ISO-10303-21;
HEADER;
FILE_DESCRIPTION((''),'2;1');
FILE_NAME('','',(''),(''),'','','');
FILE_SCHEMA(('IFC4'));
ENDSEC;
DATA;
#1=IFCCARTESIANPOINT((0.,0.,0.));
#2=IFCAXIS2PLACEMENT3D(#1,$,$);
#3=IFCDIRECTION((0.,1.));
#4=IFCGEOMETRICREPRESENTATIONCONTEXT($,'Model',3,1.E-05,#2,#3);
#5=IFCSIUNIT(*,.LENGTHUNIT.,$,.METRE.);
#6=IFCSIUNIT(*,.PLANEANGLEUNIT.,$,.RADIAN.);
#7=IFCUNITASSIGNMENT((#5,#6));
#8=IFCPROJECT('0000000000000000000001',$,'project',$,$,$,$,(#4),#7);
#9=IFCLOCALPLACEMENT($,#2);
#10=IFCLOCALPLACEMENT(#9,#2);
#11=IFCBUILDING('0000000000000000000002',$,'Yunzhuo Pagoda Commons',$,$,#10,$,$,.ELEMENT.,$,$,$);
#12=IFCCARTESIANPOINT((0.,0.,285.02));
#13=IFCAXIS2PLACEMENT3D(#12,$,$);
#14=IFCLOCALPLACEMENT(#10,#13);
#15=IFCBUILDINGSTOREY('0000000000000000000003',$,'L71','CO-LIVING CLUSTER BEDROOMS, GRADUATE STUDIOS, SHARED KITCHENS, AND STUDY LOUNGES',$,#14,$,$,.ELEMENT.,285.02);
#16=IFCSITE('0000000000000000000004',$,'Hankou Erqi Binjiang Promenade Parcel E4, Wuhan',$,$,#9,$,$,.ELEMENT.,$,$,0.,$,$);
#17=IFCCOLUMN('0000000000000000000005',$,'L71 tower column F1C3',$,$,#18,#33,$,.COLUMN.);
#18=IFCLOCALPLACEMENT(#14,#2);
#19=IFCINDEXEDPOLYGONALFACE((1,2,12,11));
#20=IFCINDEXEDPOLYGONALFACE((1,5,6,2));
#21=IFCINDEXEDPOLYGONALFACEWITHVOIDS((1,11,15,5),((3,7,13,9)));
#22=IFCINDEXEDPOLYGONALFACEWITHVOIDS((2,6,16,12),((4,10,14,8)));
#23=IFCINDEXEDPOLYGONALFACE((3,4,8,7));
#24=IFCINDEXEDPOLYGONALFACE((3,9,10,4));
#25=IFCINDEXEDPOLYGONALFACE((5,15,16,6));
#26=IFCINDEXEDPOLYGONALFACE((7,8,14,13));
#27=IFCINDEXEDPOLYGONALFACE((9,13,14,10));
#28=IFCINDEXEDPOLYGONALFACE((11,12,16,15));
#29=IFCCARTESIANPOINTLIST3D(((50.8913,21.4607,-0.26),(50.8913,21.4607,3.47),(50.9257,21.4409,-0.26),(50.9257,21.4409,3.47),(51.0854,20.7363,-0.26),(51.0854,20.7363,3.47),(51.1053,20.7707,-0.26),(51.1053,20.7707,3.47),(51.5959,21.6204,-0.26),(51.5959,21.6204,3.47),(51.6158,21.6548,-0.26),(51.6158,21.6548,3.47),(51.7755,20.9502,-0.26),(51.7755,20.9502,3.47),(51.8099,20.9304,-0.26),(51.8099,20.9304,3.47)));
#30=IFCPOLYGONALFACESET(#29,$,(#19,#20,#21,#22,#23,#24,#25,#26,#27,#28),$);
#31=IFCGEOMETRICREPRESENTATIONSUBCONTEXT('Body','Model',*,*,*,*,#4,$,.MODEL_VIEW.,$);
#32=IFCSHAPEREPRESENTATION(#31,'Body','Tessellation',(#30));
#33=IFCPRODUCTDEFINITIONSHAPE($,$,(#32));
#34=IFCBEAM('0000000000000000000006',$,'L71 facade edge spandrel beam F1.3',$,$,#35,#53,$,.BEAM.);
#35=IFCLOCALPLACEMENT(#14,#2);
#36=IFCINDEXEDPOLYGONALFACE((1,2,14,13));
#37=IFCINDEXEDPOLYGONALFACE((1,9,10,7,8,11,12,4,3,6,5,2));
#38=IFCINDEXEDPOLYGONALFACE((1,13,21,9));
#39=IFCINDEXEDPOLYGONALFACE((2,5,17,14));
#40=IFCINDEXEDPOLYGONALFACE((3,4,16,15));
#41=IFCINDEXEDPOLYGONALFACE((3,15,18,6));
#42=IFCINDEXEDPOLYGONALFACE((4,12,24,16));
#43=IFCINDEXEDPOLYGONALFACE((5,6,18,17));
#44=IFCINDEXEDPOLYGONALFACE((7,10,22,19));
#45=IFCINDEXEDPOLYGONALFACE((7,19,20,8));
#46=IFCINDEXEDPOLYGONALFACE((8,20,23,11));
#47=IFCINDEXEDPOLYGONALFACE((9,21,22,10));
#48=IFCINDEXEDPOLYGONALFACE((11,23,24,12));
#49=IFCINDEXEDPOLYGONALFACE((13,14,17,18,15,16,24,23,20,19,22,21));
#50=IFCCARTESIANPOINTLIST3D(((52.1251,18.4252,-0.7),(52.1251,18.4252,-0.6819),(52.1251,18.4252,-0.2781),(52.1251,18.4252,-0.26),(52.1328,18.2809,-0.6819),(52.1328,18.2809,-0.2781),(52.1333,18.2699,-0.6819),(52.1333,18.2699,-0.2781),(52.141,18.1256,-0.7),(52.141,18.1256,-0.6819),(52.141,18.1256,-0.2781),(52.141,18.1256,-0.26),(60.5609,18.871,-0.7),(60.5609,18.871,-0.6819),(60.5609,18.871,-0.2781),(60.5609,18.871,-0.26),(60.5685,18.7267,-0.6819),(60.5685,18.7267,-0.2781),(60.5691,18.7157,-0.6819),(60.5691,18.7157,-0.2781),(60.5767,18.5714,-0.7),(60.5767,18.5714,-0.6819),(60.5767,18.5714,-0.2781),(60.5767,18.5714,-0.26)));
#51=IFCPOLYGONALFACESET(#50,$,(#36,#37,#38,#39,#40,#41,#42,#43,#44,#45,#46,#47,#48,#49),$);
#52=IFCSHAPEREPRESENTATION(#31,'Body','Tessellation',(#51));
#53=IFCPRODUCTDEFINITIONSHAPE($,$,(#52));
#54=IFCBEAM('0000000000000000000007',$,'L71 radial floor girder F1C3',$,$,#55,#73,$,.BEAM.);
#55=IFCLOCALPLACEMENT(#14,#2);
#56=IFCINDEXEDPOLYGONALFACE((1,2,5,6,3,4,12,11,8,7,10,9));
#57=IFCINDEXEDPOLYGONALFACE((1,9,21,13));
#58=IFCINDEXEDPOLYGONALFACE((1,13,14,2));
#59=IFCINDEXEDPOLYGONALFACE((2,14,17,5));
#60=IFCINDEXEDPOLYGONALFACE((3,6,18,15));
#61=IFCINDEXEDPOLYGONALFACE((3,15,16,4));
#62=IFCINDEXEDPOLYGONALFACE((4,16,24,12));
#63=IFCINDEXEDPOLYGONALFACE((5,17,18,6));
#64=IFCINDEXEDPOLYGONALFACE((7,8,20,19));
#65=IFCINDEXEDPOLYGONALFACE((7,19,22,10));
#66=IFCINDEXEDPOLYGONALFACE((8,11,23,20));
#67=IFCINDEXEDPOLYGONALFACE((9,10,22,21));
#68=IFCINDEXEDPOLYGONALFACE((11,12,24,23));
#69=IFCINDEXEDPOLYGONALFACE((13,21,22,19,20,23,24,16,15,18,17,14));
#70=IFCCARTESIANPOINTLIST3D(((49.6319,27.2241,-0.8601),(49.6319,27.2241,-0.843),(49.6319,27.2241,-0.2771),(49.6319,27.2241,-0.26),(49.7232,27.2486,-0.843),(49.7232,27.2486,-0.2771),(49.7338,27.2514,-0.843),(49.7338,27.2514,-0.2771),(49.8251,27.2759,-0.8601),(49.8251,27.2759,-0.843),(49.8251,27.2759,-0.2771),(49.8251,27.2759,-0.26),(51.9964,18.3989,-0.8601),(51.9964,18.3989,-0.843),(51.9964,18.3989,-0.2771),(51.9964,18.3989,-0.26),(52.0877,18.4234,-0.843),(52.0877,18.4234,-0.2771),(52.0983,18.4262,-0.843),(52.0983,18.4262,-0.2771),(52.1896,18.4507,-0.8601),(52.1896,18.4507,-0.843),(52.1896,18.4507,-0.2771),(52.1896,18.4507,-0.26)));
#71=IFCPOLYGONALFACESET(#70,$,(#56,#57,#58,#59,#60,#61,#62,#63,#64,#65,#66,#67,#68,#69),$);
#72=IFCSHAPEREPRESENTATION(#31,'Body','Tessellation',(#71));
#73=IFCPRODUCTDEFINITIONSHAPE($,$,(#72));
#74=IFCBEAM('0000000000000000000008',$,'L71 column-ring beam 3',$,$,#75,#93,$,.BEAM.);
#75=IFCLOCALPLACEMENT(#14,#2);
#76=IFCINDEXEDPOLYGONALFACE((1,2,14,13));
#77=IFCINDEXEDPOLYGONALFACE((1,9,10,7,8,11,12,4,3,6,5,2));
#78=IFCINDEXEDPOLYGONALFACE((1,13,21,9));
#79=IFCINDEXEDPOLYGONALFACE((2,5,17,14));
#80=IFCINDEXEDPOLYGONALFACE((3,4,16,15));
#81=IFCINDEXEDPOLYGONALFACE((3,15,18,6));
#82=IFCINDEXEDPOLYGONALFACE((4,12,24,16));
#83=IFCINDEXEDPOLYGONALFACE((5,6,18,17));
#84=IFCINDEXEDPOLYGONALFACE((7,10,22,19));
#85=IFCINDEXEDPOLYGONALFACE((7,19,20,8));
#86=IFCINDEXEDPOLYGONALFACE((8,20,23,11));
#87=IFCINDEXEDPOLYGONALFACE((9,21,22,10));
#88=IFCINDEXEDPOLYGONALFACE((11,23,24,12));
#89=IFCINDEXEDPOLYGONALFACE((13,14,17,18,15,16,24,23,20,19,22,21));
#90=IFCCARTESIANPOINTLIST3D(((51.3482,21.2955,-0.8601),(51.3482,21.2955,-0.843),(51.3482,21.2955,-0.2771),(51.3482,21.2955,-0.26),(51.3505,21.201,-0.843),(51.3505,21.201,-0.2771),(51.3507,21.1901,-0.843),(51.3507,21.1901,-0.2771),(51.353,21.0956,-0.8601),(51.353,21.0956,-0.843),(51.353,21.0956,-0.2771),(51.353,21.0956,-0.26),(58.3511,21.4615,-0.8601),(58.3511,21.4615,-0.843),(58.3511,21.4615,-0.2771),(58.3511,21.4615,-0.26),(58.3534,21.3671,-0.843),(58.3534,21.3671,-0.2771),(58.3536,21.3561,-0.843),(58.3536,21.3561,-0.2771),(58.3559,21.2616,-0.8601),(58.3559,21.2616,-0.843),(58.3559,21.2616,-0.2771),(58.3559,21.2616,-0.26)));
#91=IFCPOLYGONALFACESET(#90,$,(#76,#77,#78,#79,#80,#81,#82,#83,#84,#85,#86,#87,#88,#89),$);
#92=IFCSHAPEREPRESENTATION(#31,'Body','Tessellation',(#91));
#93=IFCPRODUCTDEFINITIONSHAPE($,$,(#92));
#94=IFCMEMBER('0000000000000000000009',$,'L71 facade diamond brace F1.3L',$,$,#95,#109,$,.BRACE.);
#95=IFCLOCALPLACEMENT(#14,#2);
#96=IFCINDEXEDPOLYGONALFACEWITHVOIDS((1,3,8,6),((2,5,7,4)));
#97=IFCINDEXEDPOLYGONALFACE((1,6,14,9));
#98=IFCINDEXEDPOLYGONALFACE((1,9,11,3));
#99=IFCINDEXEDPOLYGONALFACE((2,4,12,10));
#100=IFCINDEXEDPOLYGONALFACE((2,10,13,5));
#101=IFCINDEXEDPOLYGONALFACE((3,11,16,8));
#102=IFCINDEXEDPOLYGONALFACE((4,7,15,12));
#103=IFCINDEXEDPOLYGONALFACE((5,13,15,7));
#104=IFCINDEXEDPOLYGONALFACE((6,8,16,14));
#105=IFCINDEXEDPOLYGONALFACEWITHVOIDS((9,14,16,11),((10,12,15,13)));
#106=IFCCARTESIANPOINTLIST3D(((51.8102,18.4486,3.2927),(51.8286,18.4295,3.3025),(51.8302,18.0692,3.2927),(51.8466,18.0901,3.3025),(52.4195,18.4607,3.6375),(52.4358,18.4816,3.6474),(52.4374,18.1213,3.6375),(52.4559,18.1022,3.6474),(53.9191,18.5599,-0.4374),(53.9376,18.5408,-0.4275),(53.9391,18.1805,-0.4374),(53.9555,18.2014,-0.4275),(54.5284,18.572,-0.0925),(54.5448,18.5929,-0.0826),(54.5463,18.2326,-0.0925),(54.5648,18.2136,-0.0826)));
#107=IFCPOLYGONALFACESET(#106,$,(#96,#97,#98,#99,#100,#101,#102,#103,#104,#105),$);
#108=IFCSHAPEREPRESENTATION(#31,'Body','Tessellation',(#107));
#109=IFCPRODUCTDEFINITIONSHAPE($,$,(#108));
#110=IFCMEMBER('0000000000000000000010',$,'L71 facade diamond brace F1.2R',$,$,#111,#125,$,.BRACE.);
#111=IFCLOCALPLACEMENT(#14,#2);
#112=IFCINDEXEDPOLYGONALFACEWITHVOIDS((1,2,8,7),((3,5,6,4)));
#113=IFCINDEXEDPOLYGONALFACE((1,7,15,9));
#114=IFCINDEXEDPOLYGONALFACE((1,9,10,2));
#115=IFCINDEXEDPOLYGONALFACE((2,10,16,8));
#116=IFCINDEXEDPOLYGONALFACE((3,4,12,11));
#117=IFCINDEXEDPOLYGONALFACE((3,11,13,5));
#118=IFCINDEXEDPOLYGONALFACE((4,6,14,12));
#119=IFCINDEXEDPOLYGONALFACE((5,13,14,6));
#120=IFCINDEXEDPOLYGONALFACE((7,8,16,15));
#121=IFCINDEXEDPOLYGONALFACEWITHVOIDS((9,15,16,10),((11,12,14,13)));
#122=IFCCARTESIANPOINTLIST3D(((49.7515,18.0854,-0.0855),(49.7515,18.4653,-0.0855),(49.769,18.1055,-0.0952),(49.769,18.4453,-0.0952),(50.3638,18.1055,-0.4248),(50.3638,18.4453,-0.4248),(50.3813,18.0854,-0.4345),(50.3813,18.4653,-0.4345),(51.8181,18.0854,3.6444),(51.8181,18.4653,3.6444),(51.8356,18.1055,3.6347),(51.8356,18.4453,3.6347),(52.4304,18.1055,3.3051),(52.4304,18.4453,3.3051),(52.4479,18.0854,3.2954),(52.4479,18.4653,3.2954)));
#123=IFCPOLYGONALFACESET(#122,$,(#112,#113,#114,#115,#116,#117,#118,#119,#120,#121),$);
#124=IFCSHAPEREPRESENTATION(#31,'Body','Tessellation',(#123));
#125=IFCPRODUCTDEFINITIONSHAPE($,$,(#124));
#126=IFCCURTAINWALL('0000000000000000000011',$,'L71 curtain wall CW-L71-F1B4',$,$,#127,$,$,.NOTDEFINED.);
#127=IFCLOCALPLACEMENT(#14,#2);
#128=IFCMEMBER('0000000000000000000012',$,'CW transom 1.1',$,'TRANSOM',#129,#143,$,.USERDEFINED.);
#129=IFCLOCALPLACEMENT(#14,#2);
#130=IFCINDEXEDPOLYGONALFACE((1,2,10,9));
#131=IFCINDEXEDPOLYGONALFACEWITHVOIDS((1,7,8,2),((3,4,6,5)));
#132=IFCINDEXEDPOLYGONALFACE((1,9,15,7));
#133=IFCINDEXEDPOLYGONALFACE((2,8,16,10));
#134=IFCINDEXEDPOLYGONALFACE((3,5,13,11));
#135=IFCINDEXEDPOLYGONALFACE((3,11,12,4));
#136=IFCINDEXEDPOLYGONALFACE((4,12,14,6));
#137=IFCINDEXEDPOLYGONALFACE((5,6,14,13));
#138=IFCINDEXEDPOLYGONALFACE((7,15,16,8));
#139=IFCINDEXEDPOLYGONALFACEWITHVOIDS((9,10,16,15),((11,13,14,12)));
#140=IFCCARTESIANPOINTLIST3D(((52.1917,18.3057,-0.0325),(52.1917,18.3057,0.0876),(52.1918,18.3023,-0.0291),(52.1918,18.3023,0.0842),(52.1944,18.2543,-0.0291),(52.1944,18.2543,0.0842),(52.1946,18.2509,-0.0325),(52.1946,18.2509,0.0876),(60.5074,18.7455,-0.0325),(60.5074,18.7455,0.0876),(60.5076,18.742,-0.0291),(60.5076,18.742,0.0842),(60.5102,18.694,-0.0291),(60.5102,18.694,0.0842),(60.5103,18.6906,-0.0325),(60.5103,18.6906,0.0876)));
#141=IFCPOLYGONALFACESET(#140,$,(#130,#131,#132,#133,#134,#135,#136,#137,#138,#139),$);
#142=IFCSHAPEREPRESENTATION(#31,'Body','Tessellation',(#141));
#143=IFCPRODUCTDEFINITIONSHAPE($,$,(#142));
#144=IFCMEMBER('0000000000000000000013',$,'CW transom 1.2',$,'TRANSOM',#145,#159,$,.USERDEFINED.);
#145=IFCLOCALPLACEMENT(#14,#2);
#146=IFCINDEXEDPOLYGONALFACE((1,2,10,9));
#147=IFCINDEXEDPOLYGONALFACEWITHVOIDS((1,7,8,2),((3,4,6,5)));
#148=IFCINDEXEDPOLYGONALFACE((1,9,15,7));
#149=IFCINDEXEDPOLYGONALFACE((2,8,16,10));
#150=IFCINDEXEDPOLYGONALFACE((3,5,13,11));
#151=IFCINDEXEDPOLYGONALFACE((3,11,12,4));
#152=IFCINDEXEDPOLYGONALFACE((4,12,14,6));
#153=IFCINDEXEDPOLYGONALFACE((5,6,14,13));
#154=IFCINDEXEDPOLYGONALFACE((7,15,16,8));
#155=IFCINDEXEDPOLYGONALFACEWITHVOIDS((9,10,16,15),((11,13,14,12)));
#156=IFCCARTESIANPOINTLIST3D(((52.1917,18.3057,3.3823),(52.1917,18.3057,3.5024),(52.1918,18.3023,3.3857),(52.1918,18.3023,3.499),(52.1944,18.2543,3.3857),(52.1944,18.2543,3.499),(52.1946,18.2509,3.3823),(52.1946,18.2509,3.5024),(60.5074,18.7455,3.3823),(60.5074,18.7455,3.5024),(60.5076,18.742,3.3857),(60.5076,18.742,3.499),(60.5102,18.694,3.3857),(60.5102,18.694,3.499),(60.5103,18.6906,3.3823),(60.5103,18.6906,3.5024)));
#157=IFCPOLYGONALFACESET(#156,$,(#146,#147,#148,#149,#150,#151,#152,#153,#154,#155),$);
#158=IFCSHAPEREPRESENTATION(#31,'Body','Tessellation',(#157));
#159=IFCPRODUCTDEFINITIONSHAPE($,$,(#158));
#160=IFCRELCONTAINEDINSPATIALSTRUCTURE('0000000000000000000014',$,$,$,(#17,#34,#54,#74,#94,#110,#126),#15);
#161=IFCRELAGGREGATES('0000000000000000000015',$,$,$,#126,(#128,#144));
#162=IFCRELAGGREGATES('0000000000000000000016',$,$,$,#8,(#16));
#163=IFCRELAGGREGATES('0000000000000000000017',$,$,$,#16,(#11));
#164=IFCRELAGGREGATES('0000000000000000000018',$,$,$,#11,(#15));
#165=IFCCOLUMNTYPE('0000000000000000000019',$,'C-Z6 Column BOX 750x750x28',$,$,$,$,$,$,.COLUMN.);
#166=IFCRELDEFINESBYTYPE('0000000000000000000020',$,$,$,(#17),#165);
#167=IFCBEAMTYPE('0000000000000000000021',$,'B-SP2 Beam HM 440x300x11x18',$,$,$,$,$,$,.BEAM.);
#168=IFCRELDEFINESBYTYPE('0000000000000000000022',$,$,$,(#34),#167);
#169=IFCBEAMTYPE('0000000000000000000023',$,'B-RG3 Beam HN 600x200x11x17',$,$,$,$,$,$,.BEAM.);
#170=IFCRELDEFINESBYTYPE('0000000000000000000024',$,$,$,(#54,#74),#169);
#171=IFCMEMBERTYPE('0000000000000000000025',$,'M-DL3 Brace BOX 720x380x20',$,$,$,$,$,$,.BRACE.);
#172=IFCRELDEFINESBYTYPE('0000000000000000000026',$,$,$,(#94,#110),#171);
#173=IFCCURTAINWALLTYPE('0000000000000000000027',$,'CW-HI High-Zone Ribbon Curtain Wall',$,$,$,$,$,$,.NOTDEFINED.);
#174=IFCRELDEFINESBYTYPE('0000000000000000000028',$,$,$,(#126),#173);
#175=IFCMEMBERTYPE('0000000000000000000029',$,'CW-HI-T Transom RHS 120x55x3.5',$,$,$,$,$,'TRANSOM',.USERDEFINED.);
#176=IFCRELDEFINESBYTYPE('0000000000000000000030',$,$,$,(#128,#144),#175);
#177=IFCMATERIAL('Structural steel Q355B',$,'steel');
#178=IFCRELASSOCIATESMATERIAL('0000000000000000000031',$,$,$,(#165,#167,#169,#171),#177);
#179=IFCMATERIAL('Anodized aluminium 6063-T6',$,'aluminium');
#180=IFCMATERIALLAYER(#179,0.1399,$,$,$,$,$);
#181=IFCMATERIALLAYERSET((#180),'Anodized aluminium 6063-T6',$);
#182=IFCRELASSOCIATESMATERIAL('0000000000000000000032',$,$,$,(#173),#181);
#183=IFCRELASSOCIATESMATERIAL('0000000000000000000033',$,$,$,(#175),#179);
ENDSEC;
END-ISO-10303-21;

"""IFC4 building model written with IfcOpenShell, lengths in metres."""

from ifc_helpers import new_model, si_unit, direction, frame, origin, origin_2d, place, context, subcontext, project, spatial, hollow_rectangle, i_section, extrude, source, transform, mapped, material, layer, layer_set, material_profile, profile_set, type_object, element, aggregate, save


model = new_model("IFC4")

# Units and contexts
model_context = context("Model", 3, precision=1e-05, world=origin(), true_north=direction((0.0, 1.0)))
body_context = subcontext(model_context, "Body", "Model", "MODEL_VIEW")
ifc_project = project(units=[si_unit("LENGTHUNIT", "METRE"), si_unit("PLANEANGLEUNIT", "RADIAN")], contexts=[model_context])

# Site, building, storey
site_placement = place(None, origin())
site = spatial("IfcSite", under=ifc_project, at=site_placement, Name="Hankou Erqi Binjiang Promenade Parcel E4, Wuhan", CompositionType="ELEMENT", RefElevation=0.0)
building_placement = place(site_placement, origin())
building = spatial("IfcBuilding", under=site, at=building_placement, Name="Yunzhuo Pagoda Commons", CompositionType="ELEMENT")
storey_placement = place(building_placement, frame((0.0, 0.0, 285.02)))
storey = spatial("IfcBuildingStorey", under=building, at=storey_placement, Name="L71", Description="CO-LIVING CLUSTER BEDROOMS, GRADUATE STUDIOS, SHARED KITCHENS, AND STUDY LOUNGES", CompositionType="ELEMENT", Elevation=285.02)

# Column
ifc_material_1 = material(Name="Structural steel Q355B", Category="steel")
ifc_material_profile_1 = material_profile(ifc_material_1, hollow_rectangle(XDim=0.75, YDim=0.75, WallThickness=0.0281, at=origin_2d()), Name="Structural steel Q355B")
ifc_profile_set_1 = profile_set([ifc_material_profile_1], Name="Structural steel Q355B")
column_type = type_object("IfcColumnType", Name="C-Z6 Column BOX 750x750x28", PredefinedType="COLUMN", material=ifc_profile_set_1)
shared_shape_1 = source(origin(), body_context, "Body", "SweptSolid", [
    extrude(hollow_rectangle(XDim=0.75, YDim=0.75, WallThickness=0.0281, at=origin_2d()), origin(), (0.0, 0.0, 1.0), 3.73),
])
column_placement = place(storey_placement, frame((51.3506, 21.1956, -0.26), z_axis=(0.0, 0.0, 1.0), x_axis=(0.965926, 0.258819, 0.0)))
element("IfcColumn", 1, at=column_placement, inside=storey, type_object=column_type, Name="L71 tower column F1C3", PredefinedType="COLUMN", context=body_context, shape_type="MappedRepresentation", body=[
    mapped(shared_shape_1, transform((0.0, 0.0, 0.0), scale=1.0)),
])

# Beams
ifc_material_profile_2 = material_profile(ifc_material_1, i_section(OverallWidth=0.3, OverallDepth=0.4399, WebThickness=0.011, FlangeThickness=0.0181, at=origin_2d()), Name="Structural steel Q355B")
ifc_profile_set_2 = profile_set([ifc_material_profile_2], Name="Structural steel Q355B")
beam_type_1 = type_object("IfcBeamType", Name="B-SP2 Beam HM 440x300x11x18", PredefinedType="BEAM", material=ifc_profile_set_2)
shared_shape_2 = source(origin(), body_context, "Body", "SweptSolid", [
    extrude(i_section(OverallWidth=0.3, OverallDepth=0.4399, WebThickness=0.011, FlangeThickness=0.0181, at=origin_2d()), origin(), (0.0, 0.0, 1.0), 8.4475),
])
beam_1_placement = place(storey_placement, frame((52.1331, 18.2754, -0.48), z_axis=(0.998607, 0.052773, 0.0), x_axis=(-0.052773, 0.998607, 0.0)))
element("IfcBeam", 2, at=beam_1_placement, inside=storey, type_object=beam_type_1, Name="L71 facade edge spandrel beam F1.3", PredefinedType="BEAM", context=body_context, shape_type="MappedRepresentation", body=[
    mapped(shared_shape_2, transform((0.0, 0.0, 0.0), scale=1.0)),
])
ifc_material_profile_3 = material_profile(ifc_material_1, i_section(OverallWidth=0.2, OverallDepth=0.6001, WebThickness=0.011, FlangeThickness=0.0171, at=origin_2d()), Name="Structural steel Q355B")
ifc_profile_set_3 = profile_set([ifc_material_profile_3], Name="Structural steel Q355B")
beam_type_2 = type_object("IfcBeamType", Name="B-RG3 Beam HN 600x200x11x17", PredefinedType="BEAM", material=ifc_profile_set_3)
shared_shape_3 = source(origin(), body_context, "Body", "SweptSolid", [
    extrude(i_section(OverallWidth=0.2, OverallDepth=0.6001, WebThickness=0.011, FlangeThickness=0.0171, at=origin_2d()), origin(), (0.0, 0.0, 1.0), 9.1365),
])
beam_2_placement = place(storey_placement, frame((52.093, 18.4248, -0.5601), z_axis=(-0.258798, 0.965931, 0.0), x_axis=(-0.965931, -0.258798, 0.0)))
element("IfcBeam", 3, at=beam_2_placement, inside=storey, type_object=beam_type_2, Name="L71 radial floor girder F1C3", PredefinedType="BEAM", context=body_context, shape_type="MappedRepresentation", body=[
    mapped(shared_shape_3, transform((0.0, 0.0, 0.0), scale=1.0)),
])
shared_shape_4 = source(origin(), body_context, "Body", "SweptSolid", [
    extrude(i_section(OverallWidth=0.2, OverallDepth=0.6001, WebThickness=0.011, FlangeThickness=0.0171, at=origin_2d()), origin(), (0.0, 0.0, 1.0), 7.0049),
])
beam_3_placement = place(storey_placement, frame((51.3506, 21.1956, -0.5601), z_axis=(0.999719, 0.0237, 0.0), x_axis=(-0.0237, 0.999719, 0.0)))
element("IfcBeam", 4, at=beam_3_placement, inside=storey, type_object=beam_type_2, Name="L71 column-ring beam 3", PredefinedType="BEAM", context=body_context, shape_type="MappedRepresentation", body=[
    mapped(shared_shape_4, transform((0.0, 0.0, 0.0), scale=1.0)),
])

# Members
ifc_material_profile_4 = material_profile(ifc_material_1, hollow_rectangle(XDim=0.3799, YDim=0.72, WallThickness=0.02, at=origin_2d()), Name="Structural steel Q355B")
ifc_profile_set_4 = profile_set([ifc_material_profile_4], Name="Structural steel Q355B")
member_type_1 = type_object("IfcMemberType", Name="M-DL3 Brace BOX 720x380x20", PredefinedType="BRACE", material=ifc_profile_set_4)
shared_shape_5 = source(origin(), body_context, "Body", "SweptSolid", [
    extrude(hollow_rectangle(XDim=0.3799, YDim=0.72, WallThickness=0.02, at=origin_2d()), origin(), (0.0, 0.0, 1.0), 4.2864),
])
member_1_placement = place(storey_placement, frame((54.2419, 18.3867, -0.26), z_axis=(-0.492004, -0.025973, 0.870205), x_axis=(0.052717, -0.99861, 0.0)))
element("IfcMember", 5, at=member_1_placement, inside=storey, type_object=member_type_1, Name="L71 facade diamond brace F1.3L", PredefinedType="BRACE", context=body_context, shape_type="MappedRepresentation", body=[
    mapped(shared_shape_5, transform((0.0, 0.0, 0.0), scale=1.0)),
])
shared_shape_6 = source(origin(), body_context, "Body", "SweptSolid", [
    extrude(hollow_rectangle(XDim=0.3799, YDim=0.72, WallThickness=0.02, at=origin_2d()), origin(), (0.0, 0.0, 1.0), 4.2642),
])
member_2_placement = place(storey_placement, frame((50.0664, 18.2754, -0.26), z_axis=(0.484646, 0.0, 0.87471), x_axis=(0.0, 1.0, 0.0)))
element("IfcMember", 6, at=member_2_placement, inside=storey, type_object=member_type_1, Name="L71 facade diamond brace F1.2R", PredefinedType="BRACE", context=body_context, shape_type="MappedRepresentation", body=[
    mapped(shared_shape_6, transform((0.0, 0.0, 0.0), scale=1.0)),
])

# Curtain wall, members
ifc_material_2 = material(Name="Anodized aluminium 6063-T6", Category="aluminium")
ifc_layer_1 = layer(ifc_material_2, 0.1399)
ifc_layer_set_1 = layer_set([ifc_layer_1], Name="Anodized aluminium 6063-T6")
curtain_wall_type = type_object("IfcCurtainWallType", Name="CW-HI High-Zone Ribbon Curtain Wall", PredefinedType="NOTDEFINED", material=ifc_layer_set_1)
curtain_wall_1_placement = place(storey_placement, origin())
curtain_wall_1 = element("IfcCurtainWall", 7, at=curtain_wall_1_placement, inside=storey, type_object=curtain_wall_type, Name="L71 curtain wall CW-L71-F1B4", PredefinedType="NOTDEFINED")
ifc_material_profile_5 = material_profile(ifc_material_2, hollow_rectangle(XDim=0.0549, YDim=0.1201, WallThickness=0.0034, at=origin_2d()), Name="Anodized aluminium 6063-T6")
ifc_profile_set_5 = profile_set([ifc_material_profile_5], Name="Anodized aluminium 6063-T6")
member_type_2 = type_object("IfcMemberType", Name="CW-HI-T Transom RHS 120x55x3.5", ElementType="TRANSOM", PredefinedType="USERDEFINED", material=ifc_profile_set_5)
shared_shape_7 = source(origin(), body_context, "Body", "SweptSolid", [
    extrude(hollow_rectangle(XDim=0.0549, YDim=0.1201, WallThickness=0.0034, at=origin_2d()), origin(), (0.0, 0.0, 1.0), 8.3274),
])
member_3_placement = place(storey_placement, frame((52.1931, 18.2783, 0.0276), z_axis=(0.998605, 0.052802, 0.0), x_axis=(-0.052802, 0.998605, 0.0)))
member_3 = element("IfcMember", 8, at=member_3_placement, type_object=member_type_2, Name="CW transom 1.1", ObjectType="TRANSOM", PredefinedType="USERDEFINED", context=body_context, shape_type="MappedRepresentation", body=[
    mapped(shared_shape_7, transform((0.0, 0.0, 0.0), scale=1.0)),
])
member_4_placement = place(storey_placement, frame((52.1931, 18.2783, 3.4424), z_axis=(0.998605, 0.052802, 0.0), x_axis=(-0.052802, 0.998605, 0.0)))
member_4 = element("IfcMember", 9, at=member_4_placement, type_object=member_type_2, Name="CW transom 1.2", ObjectType="TRANSOM", PredefinedType="USERDEFINED", context=body_context, shape_type="MappedRepresentation", body=[
    mapped(shared_shape_7, transform((0.0, 0.0, 0.0), scale=1.0)),
])

aggregate(curtain_wall_1, [member_3, member_4])

save(model, "model.ifc")
